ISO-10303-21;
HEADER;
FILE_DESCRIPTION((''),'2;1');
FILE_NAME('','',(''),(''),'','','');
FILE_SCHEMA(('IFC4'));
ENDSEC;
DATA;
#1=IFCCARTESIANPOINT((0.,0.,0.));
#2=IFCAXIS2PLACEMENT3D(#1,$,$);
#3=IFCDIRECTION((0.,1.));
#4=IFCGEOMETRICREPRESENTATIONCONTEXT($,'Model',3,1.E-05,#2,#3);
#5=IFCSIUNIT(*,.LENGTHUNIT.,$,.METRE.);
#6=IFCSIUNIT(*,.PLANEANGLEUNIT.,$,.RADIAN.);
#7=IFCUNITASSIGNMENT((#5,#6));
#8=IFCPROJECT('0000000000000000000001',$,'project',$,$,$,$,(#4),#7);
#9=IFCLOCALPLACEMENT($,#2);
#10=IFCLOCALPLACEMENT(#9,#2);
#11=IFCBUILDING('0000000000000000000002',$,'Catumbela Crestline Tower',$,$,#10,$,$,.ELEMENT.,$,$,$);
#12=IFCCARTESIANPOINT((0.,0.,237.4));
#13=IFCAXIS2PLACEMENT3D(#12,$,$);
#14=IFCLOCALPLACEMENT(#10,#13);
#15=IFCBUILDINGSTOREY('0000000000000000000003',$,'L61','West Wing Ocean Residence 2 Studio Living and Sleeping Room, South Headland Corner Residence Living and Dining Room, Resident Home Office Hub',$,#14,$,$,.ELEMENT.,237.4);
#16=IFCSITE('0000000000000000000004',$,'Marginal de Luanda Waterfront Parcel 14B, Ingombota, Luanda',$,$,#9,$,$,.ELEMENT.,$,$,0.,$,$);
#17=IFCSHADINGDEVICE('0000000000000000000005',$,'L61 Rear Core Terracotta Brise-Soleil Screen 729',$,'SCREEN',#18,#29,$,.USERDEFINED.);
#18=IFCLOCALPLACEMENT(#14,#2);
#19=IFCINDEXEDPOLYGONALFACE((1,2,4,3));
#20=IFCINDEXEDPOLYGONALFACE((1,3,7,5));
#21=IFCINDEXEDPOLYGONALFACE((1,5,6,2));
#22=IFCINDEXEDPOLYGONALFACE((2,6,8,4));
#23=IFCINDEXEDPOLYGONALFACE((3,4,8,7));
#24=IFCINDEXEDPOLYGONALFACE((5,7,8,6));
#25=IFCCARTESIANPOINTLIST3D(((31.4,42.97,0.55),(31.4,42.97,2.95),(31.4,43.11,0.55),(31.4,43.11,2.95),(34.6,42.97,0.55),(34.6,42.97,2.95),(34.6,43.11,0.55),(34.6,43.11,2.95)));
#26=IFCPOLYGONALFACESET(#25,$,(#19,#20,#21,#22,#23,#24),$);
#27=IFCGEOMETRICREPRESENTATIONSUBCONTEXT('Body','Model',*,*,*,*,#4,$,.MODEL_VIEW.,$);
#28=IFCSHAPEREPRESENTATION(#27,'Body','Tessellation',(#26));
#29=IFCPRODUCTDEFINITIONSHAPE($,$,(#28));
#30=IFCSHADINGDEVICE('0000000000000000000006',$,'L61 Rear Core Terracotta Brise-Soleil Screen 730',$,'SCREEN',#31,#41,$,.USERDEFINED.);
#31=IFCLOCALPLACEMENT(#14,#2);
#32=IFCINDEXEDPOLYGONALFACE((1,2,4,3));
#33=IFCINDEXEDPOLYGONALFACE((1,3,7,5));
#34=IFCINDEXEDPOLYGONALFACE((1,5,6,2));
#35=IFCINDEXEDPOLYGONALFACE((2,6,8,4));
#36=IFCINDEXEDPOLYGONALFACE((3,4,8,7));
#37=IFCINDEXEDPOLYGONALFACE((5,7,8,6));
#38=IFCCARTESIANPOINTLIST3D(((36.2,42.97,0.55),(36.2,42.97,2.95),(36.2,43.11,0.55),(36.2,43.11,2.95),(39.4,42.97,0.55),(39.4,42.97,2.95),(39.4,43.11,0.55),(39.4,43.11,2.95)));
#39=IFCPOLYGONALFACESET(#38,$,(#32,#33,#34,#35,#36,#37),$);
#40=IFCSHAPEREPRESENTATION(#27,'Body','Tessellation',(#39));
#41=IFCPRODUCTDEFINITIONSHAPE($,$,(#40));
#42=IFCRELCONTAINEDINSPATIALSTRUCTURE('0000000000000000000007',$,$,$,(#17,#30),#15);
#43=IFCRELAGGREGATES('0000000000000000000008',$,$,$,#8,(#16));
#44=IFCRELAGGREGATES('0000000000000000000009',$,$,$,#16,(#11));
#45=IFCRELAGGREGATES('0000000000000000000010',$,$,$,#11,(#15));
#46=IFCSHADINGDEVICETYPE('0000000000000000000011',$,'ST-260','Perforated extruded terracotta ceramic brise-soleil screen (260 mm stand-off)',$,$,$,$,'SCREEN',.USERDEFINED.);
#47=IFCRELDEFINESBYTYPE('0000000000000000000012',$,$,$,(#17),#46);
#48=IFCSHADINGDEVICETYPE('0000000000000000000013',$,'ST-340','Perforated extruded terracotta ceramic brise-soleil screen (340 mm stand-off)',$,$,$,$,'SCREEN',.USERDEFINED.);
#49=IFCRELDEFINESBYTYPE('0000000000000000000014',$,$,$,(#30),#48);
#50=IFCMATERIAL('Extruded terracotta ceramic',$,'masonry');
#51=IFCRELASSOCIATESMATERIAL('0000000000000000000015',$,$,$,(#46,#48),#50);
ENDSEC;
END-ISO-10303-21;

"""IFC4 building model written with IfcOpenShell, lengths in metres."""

from ifc_helpers import new_model, si_unit, direction, frame, origin, origin_2d, place, context, subcontext, project, spatial, rectangle, extrude, material, type_object, element, save


model = new_model("IFC4")

# Units and contexts
model_context = context("Model", 3, precision=1e-05, world=origin(), true_north=direction((0.0, 1.0)))
body_context = subcontext(model_context, "Body", "Model", "MODEL_VIEW")
ifc_project = project(units=[si_unit("LENGTHUNIT", "METRE"), si_unit("PLANEANGLEUNIT", "RADIAN")], contexts=[model_context])

# Site, building, storey
site_placement = place(None, origin())
site = spatial("IfcSite", under=ifc_project, at=site_placement, Name="Marginal de Luanda Waterfront Parcel 14B, Ingombota, Luanda", CompositionType="ELEMENT", RefElevation=0.0)
building_placement = place(site_placement, origin())
building = spatial("IfcBuilding", under=site, at=building_placement, Name="Catumbela Crestline Tower", CompositionType="ELEMENT")
storey_placement = place(building_placement, frame((0.0, 0.0, 237.4)))
storey = spatial("IfcBuildingStorey", under=building, at=storey_placement, Name="L61", Description="West Wing Ocean Residence 2 Studio Living and Sleeping Room, South Headland Corner Residence Living and Dining Room, Resident Home Office Hub", CompositionType="ELEMENT", Elevation=237.4)

# Shading devices
ifc_material_1 = material(Name="Extruded terracotta ceramic", Category="masonry")
shading_device_type_1 = type_object("IfcShadingDeviceType", Name="ST-260", Description="Perforated extruded terracotta ceramic brise-soleil screen (260 mm stand-off)", ElementType="SCREEN", PredefinedType="USERDEFINED", material=ifc_material_1)
shading_device_1_placement = place(storey_placement, frame((33.0, 43.04, 0.55), z_axis=(0.0, 0.0, 1.0), x_axis=(1.0, 0.0, 0.0)))
element("IfcShadingDevice", 1, at=shading_device_1_placement, inside=storey, type_object=shading_device_type_1, Name="L61 Rear Core Terracotta Brise-Soleil Screen 729", ObjectType="SCREEN", PredefinedType="USERDEFINED", context=body_context, shape_type="SweptSolid", body=[
    extrude(rectangle(XDim=3.2, YDim=0.14, at=origin_2d()), origin(), (0.0, 0.0, 1.0), 2.4),
])
shading_device_type_2 = type_object("IfcShadingDeviceType", Name="ST-340", Description="Perforated extruded terracotta ceramic brise-soleil screen (340 mm stand-off)", ElementType="SCREEN", PredefinedType="USERDEFINED", material=ifc_material_1)
shading_device_2_placement = place(storey_placement, frame((37.8, 43.04, 0.55), z_axis=(0.0, 0.0, 1.0), x_axis=(1.0, 0.0, 0.0)))
element("IfcShadingDevice", 2, at=shading_device_2_placement, inside=storey, type_object=shading_device_type_2, Name="L61 Rear Core Terracotta Brise-Soleil Screen 730", ObjectType="SCREEN", PredefinedType="USERDEFINED", context=body_context, shape_type="SweptSolid", body=[
    extrude(rectangle(XDim=3.2, YDim=0.14, at=origin_2d()), origin(), (0.0, 0.0, 1.0), 2.4),
])

save(model, "model.ifc")
